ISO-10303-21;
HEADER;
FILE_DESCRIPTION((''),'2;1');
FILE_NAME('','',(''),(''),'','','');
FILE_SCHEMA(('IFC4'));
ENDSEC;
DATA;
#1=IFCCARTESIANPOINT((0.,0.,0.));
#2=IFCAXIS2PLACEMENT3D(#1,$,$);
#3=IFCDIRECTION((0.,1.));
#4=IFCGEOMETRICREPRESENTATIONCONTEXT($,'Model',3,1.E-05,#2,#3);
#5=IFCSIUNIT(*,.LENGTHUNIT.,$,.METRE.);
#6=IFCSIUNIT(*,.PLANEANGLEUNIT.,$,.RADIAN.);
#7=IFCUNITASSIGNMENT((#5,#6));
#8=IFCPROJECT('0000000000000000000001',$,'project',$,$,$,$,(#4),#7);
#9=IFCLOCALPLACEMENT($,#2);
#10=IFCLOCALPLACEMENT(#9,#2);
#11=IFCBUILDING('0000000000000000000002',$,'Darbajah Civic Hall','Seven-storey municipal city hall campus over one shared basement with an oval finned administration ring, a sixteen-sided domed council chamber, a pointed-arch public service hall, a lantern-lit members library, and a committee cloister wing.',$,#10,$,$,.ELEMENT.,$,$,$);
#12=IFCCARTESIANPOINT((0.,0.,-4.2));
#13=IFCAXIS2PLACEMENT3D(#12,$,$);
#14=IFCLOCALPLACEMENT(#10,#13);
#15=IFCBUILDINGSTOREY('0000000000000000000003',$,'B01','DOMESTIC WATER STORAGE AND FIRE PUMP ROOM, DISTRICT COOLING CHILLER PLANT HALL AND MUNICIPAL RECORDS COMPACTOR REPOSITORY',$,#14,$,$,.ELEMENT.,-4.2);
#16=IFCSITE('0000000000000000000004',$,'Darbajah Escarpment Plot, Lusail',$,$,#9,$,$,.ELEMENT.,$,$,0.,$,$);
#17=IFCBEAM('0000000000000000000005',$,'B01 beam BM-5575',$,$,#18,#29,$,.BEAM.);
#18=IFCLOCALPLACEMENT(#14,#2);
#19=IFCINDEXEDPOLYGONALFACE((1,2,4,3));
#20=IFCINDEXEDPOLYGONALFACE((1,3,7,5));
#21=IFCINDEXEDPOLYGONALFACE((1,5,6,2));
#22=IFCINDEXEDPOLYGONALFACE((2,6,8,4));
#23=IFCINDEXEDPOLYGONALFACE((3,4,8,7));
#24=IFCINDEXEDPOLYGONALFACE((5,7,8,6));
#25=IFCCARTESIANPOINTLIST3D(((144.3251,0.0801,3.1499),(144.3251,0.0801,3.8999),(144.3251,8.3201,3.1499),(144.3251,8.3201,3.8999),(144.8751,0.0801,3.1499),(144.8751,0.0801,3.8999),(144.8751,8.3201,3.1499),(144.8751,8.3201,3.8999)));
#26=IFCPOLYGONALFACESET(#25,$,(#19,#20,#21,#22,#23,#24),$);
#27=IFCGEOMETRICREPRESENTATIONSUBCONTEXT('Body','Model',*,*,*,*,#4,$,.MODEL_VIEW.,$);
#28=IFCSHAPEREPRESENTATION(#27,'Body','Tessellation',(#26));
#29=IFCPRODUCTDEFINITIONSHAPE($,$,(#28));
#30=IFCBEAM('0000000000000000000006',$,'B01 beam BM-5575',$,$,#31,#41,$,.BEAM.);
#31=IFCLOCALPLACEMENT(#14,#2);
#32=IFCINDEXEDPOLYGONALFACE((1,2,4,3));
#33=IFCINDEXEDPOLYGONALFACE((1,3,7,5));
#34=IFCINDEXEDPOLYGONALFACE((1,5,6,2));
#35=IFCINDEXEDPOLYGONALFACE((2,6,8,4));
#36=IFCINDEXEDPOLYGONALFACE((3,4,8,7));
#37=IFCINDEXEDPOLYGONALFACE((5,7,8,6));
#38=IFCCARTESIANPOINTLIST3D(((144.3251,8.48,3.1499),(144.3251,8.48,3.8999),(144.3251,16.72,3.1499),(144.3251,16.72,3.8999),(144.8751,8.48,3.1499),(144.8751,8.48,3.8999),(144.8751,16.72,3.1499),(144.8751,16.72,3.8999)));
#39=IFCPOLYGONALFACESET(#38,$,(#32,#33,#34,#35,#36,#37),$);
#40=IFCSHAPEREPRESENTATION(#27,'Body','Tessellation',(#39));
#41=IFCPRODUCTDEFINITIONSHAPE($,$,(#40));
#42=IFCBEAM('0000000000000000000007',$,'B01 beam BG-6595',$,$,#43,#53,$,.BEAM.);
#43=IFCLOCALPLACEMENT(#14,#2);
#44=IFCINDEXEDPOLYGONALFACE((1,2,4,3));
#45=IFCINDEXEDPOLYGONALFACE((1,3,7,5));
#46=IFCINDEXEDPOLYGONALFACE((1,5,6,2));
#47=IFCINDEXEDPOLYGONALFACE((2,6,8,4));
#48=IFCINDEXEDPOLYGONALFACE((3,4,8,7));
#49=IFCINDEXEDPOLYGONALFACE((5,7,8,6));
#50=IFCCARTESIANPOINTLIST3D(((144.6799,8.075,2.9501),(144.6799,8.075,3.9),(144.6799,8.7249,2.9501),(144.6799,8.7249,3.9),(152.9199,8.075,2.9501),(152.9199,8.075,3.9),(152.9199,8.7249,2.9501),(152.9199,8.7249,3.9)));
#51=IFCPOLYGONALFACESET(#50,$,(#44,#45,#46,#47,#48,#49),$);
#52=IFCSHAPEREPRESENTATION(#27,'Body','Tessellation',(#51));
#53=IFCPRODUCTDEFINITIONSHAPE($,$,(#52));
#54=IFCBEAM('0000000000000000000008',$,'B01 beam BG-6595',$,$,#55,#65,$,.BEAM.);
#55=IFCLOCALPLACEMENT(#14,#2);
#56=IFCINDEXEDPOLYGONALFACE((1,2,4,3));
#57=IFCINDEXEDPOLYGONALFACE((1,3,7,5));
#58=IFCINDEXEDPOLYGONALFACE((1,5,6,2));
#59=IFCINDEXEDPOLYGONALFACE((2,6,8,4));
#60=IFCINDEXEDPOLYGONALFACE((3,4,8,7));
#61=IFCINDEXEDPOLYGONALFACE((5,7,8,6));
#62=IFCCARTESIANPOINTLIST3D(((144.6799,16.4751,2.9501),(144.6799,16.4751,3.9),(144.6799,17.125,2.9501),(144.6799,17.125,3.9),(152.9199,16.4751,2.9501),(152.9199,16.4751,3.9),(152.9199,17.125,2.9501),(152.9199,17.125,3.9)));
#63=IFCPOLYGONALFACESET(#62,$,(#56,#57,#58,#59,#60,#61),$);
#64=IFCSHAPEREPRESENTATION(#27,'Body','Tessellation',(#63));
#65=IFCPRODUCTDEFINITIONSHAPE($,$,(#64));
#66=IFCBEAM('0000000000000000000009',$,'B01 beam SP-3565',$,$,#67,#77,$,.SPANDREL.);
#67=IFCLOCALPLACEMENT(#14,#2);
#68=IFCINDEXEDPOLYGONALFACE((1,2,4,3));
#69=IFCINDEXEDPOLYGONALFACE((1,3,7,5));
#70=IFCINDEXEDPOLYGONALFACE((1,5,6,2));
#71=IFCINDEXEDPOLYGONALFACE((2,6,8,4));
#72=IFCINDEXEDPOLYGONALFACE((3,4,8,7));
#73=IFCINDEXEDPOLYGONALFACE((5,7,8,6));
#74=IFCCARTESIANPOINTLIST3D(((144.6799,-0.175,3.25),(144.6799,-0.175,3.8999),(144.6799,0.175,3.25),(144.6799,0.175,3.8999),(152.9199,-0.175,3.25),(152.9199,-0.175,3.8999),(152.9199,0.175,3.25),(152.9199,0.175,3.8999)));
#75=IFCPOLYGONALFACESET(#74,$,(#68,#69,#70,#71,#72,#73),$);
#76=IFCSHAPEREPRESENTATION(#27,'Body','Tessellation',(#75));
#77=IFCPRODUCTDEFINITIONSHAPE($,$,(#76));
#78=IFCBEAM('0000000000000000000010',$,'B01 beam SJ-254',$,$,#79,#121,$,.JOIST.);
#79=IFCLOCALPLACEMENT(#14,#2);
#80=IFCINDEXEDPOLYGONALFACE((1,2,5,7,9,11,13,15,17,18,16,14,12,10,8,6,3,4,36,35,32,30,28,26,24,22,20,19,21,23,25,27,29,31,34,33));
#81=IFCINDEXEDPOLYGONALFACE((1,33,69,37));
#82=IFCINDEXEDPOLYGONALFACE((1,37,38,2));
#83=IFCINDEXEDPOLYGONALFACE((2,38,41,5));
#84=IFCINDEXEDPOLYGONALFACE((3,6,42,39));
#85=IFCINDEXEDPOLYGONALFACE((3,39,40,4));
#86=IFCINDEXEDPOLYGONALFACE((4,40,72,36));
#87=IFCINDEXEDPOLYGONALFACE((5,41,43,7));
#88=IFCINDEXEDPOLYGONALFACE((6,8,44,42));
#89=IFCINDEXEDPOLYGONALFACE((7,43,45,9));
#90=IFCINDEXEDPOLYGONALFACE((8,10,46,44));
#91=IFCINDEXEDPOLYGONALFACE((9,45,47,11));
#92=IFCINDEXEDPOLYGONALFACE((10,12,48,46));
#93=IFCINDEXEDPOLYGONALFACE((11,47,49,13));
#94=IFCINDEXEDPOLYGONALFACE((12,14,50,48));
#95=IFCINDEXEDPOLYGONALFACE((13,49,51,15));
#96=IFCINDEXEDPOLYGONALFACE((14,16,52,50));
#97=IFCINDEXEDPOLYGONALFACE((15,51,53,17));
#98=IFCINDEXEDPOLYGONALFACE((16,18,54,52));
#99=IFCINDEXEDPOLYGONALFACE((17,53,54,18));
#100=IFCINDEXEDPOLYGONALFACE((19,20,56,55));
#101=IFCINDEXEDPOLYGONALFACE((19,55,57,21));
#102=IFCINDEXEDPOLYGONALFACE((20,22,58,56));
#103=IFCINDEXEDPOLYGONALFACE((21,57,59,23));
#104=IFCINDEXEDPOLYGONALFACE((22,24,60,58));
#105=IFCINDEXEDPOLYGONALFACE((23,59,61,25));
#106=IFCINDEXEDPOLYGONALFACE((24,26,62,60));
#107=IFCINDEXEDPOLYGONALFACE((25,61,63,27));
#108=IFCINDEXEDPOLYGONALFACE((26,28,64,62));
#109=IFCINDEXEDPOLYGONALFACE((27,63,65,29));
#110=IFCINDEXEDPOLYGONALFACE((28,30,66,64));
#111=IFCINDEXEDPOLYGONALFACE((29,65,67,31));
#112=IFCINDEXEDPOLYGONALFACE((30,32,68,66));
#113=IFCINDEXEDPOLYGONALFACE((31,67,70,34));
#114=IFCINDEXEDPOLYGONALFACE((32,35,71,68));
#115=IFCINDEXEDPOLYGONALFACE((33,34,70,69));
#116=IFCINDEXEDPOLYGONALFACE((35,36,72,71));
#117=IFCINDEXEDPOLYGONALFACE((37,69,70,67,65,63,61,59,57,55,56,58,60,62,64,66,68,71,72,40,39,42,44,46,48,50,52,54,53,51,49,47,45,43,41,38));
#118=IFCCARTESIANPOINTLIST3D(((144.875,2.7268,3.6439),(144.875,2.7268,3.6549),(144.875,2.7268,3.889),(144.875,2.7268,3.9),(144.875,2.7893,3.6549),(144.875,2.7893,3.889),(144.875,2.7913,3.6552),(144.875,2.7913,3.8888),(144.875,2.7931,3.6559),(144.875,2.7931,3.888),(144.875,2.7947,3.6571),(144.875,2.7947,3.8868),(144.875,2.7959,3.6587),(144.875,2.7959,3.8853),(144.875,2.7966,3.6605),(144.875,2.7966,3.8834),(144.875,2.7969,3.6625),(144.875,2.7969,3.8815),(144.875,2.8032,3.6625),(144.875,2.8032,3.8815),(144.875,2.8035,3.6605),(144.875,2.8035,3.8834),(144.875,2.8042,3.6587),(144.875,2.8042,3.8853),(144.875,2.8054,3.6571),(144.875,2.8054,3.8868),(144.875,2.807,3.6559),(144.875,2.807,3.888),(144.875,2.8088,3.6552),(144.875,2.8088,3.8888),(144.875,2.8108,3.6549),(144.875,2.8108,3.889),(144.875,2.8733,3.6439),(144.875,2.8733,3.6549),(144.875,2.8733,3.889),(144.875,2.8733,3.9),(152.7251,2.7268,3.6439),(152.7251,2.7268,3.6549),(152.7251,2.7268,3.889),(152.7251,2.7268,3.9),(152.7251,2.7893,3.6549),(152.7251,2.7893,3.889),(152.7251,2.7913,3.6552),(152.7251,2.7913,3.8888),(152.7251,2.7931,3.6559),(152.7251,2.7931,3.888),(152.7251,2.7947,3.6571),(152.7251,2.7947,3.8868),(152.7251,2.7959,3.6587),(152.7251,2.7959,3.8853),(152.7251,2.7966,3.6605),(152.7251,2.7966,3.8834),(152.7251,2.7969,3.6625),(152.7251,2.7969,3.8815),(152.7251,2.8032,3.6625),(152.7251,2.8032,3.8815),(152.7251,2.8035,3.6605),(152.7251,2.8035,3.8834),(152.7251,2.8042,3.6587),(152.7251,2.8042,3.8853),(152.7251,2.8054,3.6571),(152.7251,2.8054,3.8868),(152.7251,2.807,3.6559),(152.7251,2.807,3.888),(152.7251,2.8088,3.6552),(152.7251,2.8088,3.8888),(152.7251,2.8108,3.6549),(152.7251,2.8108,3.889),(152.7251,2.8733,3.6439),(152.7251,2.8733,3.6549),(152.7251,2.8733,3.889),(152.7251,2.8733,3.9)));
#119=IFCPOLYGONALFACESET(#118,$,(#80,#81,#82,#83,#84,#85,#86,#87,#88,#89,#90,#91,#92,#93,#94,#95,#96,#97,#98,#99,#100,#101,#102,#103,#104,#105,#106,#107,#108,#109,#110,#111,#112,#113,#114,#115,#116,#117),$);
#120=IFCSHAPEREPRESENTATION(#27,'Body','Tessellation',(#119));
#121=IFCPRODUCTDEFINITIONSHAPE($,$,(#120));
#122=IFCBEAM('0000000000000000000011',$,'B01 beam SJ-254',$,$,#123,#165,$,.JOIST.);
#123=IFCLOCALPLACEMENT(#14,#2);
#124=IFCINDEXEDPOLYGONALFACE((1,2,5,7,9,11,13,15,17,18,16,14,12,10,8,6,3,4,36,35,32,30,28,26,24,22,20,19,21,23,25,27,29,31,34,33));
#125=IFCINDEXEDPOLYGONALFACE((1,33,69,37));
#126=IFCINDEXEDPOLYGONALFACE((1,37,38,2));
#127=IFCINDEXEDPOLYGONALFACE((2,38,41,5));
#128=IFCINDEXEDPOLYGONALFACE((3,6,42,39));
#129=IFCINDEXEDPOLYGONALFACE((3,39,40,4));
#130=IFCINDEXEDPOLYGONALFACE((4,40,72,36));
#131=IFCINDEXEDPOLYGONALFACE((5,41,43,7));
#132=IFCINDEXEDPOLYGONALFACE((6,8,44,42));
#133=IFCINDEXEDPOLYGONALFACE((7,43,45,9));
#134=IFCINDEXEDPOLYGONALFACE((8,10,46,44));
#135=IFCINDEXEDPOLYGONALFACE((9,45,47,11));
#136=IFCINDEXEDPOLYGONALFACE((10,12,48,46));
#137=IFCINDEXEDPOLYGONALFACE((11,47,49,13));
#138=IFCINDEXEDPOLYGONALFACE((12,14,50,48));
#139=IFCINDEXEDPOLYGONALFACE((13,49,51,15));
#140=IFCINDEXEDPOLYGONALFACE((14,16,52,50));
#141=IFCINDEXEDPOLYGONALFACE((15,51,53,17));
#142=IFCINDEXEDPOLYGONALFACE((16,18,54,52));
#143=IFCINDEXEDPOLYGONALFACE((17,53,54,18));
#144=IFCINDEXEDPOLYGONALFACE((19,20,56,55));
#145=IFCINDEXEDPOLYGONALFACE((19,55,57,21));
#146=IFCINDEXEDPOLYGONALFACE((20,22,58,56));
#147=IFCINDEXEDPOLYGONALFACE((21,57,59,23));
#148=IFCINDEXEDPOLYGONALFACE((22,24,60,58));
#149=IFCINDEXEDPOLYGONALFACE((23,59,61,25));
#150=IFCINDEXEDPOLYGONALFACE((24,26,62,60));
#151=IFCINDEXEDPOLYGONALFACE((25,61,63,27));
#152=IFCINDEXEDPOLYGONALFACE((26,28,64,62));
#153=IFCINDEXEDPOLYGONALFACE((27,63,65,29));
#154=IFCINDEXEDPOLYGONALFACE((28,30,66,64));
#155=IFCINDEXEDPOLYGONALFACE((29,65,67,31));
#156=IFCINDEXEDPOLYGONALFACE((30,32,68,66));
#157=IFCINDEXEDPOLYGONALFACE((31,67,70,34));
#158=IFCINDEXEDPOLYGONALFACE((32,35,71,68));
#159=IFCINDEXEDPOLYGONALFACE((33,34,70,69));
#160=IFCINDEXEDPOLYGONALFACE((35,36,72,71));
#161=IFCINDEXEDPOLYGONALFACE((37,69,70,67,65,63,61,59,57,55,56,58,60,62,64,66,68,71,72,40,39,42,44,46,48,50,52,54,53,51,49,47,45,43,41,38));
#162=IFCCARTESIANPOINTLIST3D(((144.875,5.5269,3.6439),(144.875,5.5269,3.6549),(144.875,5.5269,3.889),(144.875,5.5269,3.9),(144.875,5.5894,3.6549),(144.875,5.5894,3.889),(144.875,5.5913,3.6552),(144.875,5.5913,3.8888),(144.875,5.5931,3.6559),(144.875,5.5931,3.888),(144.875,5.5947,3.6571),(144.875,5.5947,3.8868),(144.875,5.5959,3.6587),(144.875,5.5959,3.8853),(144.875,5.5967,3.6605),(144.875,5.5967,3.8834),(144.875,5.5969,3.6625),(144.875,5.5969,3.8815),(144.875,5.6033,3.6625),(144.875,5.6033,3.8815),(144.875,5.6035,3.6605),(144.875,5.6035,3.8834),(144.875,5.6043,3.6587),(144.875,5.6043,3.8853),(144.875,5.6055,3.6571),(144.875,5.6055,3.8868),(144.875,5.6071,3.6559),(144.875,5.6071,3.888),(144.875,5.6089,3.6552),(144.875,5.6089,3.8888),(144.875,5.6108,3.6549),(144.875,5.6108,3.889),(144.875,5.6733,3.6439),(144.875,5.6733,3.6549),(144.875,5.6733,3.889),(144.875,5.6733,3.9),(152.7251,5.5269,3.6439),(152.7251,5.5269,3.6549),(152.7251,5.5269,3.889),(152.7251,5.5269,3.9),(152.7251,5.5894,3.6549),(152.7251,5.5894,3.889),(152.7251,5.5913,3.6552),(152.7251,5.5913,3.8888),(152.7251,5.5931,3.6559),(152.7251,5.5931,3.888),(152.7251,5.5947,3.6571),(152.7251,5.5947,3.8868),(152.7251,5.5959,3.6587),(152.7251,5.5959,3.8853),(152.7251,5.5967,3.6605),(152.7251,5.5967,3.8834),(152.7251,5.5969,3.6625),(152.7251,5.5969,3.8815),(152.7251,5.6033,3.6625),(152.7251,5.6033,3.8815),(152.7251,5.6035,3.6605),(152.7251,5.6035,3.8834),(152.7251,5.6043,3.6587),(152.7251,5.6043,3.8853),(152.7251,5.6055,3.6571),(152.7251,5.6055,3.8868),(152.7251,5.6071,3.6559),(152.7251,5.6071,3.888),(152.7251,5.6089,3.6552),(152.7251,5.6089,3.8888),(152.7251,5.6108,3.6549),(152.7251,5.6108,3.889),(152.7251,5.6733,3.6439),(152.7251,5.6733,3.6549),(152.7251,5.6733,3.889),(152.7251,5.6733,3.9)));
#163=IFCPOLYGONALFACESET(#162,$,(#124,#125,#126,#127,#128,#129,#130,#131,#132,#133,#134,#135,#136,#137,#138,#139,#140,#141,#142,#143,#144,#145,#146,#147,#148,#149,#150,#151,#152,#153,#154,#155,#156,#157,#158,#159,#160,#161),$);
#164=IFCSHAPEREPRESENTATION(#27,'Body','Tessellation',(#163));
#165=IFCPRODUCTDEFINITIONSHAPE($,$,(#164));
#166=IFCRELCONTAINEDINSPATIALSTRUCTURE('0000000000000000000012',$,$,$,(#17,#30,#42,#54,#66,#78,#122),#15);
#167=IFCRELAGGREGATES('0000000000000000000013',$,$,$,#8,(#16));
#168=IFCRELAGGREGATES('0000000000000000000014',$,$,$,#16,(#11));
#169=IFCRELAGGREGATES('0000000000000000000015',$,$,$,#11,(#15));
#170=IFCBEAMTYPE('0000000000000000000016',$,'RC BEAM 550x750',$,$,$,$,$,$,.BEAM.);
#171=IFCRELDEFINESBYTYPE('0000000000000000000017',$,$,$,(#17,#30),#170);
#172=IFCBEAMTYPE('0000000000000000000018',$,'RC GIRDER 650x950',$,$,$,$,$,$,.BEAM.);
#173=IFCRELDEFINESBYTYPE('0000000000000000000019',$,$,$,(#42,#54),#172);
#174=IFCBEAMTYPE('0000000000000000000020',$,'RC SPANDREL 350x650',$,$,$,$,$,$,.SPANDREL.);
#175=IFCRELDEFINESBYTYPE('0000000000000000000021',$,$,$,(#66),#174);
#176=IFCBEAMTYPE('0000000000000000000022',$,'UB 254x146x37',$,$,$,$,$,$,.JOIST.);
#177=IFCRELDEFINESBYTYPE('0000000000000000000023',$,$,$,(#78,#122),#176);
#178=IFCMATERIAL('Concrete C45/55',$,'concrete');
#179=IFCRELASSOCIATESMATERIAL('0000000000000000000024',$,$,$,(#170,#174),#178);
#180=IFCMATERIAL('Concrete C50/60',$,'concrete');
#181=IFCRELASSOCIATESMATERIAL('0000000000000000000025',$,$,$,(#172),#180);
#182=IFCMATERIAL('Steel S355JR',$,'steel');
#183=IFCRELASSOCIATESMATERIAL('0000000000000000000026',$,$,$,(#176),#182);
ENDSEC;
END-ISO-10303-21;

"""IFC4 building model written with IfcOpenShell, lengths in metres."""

from ifc_helpers import new_model, si_unit, direction, frame, origin, origin_2d, place, context, subcontext, project, spatial, rectangle, i_section, extrude, material, material_profile, profile_set, type_object, element, save


model = new_model("IFC4")

# Units and contexts
model_context = context("Model", 3, precision=1e-05, world=origin(), true_north=direction((0.0, 1.0)))
body_context = subcontext(model_context, "Body", "Model", "MODEL_VIEW")
ifc_project = project(units=[si_unit("LENGTHUNIT", "METRE"), si_unit("PLANEANGLEUNIT", "RADIAN")], contexts=[model_context])

# Site, building, storey
site_placement = place(None, origin())
site = spatial("IfcSite", under=ifc_project, at=site_placement, Name="Darbajah Escarpment Plot, Lusail", CompositionType="ELEMENT", RefElevation=0.0)
building_placement = place(site_placement, origin())
building = spatial("IfcBuilding", under=site, at=building_placement, Name="Darbajah Civic Hall", Description="Seven-storey municipal city hall campus over one shared basement with an oval finned administration ring, a sixteen-sided domed council chamber, a pointed-arch public service hall, a lantern-lit members library, and a committee cloister wing.", CompositionType="ELEMENT")
storey_placement = place(building_placement, frame((0.0, 0.0, -4.2)))
storey = spatial("IfcBuildingStorey", under=building, at=storey_placement, Name="B01", Description="DOMESTIC WATER STORAGE AND FIRE PUMP ROOM, DISTRICT COOLING CHILLER PLANT HALL AND MUNICIPAL RECORDS COMPACTOR REPOSITORY", CompositionType="ELEMENT", Elevation=-4.2)

# Shared definitions
ifc_material_1 = material(Name="Concrete C45/55", Category="concrete")

# Shared definitions
ifc_material_2 = material(Name="Concrete C50/60", Category="concrete")

# Beams
ifc_material_profile_1 = material_profile(ifc_material_1, rectangle(XDim=0.55, YDim=0.75, at=origin_2d()), Name="RC BEAM 550x750")
ifc_profile_set_1 = profile_set([ifc_material_profile_1], Name="Concrete C45/55")
beam_type_1 = type_object("IfcBeamType", Name="RC BEAM 550x750", PredefinedType="BEAM", material=ifc_profile_set_1)
for number, where, z_axis, x_axis, name in (
    (1, (144.6001, 0.0801, 3.5249), (0.0, 1.0, 0.0), (-1.0, 0.0, 0.0), "B01 beam BM-5575"),
    (2, (144.6001, 8.48, 3.5249), (0.0, 1.0, 0.0), (-1.0, 0.0, 0.0), "B01 beam BM-5575"),
):
    element("IfcBeam", number, at=place(storey_placement, frame(where, z_axis=z_axis, x_axis=x_axis)), inside=storey, type_object=beam_type_1, Name=name, PredefinedType="BEAM", context=body_context, shape_type="SweptSolid", body=[
        extrude(rectangle(XDim=0.55, YDim=0.75, at=origin_2d()), origin(), (0.0, 0.0, 1.0), 8.24),
    ])
ifc_material_profile_2 = material_profile(ifc_material_2, rectangle(XDim=0.6499, YDim=0.95, at=origin_2d()), Name="RC GIRDER 650x950")
ifc_profile_set_2 = profile_set([ifc_material_profile_2], Name="Concrete C50/60")
beam_type_2 = type_object("IfcBeamType", Name="RC GIRDER 650x950", PredefinedType="BEAM", material=ifc_profile_set_2)
for number, where, z_axis, x_axis, name in (
    (3, (144.6799, 8.3999, 3.425), (1.0, 0.0, 0.0), (0.0, 1.0, 0.0), "B01 beam BG-6595"),
    (4, (144.6799, 16.8, 3.425), (1.0, 0.0, 0.0), (0.0, 1.0, 0.0), "B01 beam BG-6595"),
):
    element("IfcBeam", number, at=place(storey_placement, frame(where, z_axis=z_axis, x_axis=x_axis)), inside=storey, type_object=beam_type_2, Name=name, PredefinedType="BEAM", context=body_context, shape_type="SweptSolid", body=[
        extrude(rectangle(XDim=0.6499, YDim=0.95, at=origin_2d()), origin(), (0.0, 0.0, 1.0), 8.24),
    ])
ifc_material_profile_3 = material_profile(ifc_material_1, rectangle(XDim=0.3501, YDim=0.6499, at=origin_2d()), Name="RC SPANDREL 350x650")
ifc_profile_set_3 = profile_set([ifc_material_profile_3], Name="Concrete C45/55")
beam_type_3 = type_object("IfcBeamType", Name="RC SPANDREL 350x650", PredefinedType="SPANDREL", material=ifc_profile_set_3)
beam_placement = place(storey_placement, frame((144.6799, 0.0, 3.575), z_axis=(1.0, 0.0, 0.0), x_axis=(0.0, 1.0, 0.0)))
element("IfcBeam", 5, at=beam_placement, inside=storey, type_object=beam_type_3, Name="B01 beam SP-3565", PredefinedType="SPANDREL", context=body_context, shape_type="SweptSolid", body=[
    extrude(rectangle(XDim=0.3501, YDim=0.6499, at=origin_2d()), origin(), (0.0, 0.0, 1.0), 8.24),
])
ifc_material_3 = material(Name="Steel S355JR", Category="steel")
ifc_material_profile_4 = material_profile(ifc_material_3, i_section(OverallWidth=0.1465, OverallDepth=0.2561, WebThickness=0.0063, FlangeThickness=0.011, FilletRadius=0.0076, at=origin_2d()), Name="UB 254x146x37")
ifc_profile_set_4 = profile_set([ifc_material_profile_4], Name="Steel S355JR")
beam_type_4 = type_object("IfcBeamType", Name="UB 254x146x37", PredefinedType="JOIST", material=ifc_profile_set_4)
for number, where, z_axis, x_axis, name in (
    (6, (144.875, 2.8, 3.772), (1.0, 0.0, 0.0), (0.0, 1.0, 0.0), "B01 beam SJ-254"),
    (7, (144.875, 5.6001, 3.772), (1.0, 0.0, 0.0), (0.0, 1.0, 0.0), "B01 beam SJ-254"),
):
    element("IfcBeam", number, at=place(storey_placement, frame(where, z_axis=z_axis, x_axis=x_axis)), inside=storey, type_object=beam_type_4, Name=name, PredefinedType="JOIST", context=body_context, shape_type="SweptSolid", body=[
        extrude(i_section(OverallWidth=0.1465, OverallDepth=0.2561, WebThickness=0.0063, FlangeThickness=0.011, FilletRadius=0.0076, at=origin_2d()), origin(), (0.0, 0.0, 1.0), 7.8501),
    ])

save(model, "model.ifc")
